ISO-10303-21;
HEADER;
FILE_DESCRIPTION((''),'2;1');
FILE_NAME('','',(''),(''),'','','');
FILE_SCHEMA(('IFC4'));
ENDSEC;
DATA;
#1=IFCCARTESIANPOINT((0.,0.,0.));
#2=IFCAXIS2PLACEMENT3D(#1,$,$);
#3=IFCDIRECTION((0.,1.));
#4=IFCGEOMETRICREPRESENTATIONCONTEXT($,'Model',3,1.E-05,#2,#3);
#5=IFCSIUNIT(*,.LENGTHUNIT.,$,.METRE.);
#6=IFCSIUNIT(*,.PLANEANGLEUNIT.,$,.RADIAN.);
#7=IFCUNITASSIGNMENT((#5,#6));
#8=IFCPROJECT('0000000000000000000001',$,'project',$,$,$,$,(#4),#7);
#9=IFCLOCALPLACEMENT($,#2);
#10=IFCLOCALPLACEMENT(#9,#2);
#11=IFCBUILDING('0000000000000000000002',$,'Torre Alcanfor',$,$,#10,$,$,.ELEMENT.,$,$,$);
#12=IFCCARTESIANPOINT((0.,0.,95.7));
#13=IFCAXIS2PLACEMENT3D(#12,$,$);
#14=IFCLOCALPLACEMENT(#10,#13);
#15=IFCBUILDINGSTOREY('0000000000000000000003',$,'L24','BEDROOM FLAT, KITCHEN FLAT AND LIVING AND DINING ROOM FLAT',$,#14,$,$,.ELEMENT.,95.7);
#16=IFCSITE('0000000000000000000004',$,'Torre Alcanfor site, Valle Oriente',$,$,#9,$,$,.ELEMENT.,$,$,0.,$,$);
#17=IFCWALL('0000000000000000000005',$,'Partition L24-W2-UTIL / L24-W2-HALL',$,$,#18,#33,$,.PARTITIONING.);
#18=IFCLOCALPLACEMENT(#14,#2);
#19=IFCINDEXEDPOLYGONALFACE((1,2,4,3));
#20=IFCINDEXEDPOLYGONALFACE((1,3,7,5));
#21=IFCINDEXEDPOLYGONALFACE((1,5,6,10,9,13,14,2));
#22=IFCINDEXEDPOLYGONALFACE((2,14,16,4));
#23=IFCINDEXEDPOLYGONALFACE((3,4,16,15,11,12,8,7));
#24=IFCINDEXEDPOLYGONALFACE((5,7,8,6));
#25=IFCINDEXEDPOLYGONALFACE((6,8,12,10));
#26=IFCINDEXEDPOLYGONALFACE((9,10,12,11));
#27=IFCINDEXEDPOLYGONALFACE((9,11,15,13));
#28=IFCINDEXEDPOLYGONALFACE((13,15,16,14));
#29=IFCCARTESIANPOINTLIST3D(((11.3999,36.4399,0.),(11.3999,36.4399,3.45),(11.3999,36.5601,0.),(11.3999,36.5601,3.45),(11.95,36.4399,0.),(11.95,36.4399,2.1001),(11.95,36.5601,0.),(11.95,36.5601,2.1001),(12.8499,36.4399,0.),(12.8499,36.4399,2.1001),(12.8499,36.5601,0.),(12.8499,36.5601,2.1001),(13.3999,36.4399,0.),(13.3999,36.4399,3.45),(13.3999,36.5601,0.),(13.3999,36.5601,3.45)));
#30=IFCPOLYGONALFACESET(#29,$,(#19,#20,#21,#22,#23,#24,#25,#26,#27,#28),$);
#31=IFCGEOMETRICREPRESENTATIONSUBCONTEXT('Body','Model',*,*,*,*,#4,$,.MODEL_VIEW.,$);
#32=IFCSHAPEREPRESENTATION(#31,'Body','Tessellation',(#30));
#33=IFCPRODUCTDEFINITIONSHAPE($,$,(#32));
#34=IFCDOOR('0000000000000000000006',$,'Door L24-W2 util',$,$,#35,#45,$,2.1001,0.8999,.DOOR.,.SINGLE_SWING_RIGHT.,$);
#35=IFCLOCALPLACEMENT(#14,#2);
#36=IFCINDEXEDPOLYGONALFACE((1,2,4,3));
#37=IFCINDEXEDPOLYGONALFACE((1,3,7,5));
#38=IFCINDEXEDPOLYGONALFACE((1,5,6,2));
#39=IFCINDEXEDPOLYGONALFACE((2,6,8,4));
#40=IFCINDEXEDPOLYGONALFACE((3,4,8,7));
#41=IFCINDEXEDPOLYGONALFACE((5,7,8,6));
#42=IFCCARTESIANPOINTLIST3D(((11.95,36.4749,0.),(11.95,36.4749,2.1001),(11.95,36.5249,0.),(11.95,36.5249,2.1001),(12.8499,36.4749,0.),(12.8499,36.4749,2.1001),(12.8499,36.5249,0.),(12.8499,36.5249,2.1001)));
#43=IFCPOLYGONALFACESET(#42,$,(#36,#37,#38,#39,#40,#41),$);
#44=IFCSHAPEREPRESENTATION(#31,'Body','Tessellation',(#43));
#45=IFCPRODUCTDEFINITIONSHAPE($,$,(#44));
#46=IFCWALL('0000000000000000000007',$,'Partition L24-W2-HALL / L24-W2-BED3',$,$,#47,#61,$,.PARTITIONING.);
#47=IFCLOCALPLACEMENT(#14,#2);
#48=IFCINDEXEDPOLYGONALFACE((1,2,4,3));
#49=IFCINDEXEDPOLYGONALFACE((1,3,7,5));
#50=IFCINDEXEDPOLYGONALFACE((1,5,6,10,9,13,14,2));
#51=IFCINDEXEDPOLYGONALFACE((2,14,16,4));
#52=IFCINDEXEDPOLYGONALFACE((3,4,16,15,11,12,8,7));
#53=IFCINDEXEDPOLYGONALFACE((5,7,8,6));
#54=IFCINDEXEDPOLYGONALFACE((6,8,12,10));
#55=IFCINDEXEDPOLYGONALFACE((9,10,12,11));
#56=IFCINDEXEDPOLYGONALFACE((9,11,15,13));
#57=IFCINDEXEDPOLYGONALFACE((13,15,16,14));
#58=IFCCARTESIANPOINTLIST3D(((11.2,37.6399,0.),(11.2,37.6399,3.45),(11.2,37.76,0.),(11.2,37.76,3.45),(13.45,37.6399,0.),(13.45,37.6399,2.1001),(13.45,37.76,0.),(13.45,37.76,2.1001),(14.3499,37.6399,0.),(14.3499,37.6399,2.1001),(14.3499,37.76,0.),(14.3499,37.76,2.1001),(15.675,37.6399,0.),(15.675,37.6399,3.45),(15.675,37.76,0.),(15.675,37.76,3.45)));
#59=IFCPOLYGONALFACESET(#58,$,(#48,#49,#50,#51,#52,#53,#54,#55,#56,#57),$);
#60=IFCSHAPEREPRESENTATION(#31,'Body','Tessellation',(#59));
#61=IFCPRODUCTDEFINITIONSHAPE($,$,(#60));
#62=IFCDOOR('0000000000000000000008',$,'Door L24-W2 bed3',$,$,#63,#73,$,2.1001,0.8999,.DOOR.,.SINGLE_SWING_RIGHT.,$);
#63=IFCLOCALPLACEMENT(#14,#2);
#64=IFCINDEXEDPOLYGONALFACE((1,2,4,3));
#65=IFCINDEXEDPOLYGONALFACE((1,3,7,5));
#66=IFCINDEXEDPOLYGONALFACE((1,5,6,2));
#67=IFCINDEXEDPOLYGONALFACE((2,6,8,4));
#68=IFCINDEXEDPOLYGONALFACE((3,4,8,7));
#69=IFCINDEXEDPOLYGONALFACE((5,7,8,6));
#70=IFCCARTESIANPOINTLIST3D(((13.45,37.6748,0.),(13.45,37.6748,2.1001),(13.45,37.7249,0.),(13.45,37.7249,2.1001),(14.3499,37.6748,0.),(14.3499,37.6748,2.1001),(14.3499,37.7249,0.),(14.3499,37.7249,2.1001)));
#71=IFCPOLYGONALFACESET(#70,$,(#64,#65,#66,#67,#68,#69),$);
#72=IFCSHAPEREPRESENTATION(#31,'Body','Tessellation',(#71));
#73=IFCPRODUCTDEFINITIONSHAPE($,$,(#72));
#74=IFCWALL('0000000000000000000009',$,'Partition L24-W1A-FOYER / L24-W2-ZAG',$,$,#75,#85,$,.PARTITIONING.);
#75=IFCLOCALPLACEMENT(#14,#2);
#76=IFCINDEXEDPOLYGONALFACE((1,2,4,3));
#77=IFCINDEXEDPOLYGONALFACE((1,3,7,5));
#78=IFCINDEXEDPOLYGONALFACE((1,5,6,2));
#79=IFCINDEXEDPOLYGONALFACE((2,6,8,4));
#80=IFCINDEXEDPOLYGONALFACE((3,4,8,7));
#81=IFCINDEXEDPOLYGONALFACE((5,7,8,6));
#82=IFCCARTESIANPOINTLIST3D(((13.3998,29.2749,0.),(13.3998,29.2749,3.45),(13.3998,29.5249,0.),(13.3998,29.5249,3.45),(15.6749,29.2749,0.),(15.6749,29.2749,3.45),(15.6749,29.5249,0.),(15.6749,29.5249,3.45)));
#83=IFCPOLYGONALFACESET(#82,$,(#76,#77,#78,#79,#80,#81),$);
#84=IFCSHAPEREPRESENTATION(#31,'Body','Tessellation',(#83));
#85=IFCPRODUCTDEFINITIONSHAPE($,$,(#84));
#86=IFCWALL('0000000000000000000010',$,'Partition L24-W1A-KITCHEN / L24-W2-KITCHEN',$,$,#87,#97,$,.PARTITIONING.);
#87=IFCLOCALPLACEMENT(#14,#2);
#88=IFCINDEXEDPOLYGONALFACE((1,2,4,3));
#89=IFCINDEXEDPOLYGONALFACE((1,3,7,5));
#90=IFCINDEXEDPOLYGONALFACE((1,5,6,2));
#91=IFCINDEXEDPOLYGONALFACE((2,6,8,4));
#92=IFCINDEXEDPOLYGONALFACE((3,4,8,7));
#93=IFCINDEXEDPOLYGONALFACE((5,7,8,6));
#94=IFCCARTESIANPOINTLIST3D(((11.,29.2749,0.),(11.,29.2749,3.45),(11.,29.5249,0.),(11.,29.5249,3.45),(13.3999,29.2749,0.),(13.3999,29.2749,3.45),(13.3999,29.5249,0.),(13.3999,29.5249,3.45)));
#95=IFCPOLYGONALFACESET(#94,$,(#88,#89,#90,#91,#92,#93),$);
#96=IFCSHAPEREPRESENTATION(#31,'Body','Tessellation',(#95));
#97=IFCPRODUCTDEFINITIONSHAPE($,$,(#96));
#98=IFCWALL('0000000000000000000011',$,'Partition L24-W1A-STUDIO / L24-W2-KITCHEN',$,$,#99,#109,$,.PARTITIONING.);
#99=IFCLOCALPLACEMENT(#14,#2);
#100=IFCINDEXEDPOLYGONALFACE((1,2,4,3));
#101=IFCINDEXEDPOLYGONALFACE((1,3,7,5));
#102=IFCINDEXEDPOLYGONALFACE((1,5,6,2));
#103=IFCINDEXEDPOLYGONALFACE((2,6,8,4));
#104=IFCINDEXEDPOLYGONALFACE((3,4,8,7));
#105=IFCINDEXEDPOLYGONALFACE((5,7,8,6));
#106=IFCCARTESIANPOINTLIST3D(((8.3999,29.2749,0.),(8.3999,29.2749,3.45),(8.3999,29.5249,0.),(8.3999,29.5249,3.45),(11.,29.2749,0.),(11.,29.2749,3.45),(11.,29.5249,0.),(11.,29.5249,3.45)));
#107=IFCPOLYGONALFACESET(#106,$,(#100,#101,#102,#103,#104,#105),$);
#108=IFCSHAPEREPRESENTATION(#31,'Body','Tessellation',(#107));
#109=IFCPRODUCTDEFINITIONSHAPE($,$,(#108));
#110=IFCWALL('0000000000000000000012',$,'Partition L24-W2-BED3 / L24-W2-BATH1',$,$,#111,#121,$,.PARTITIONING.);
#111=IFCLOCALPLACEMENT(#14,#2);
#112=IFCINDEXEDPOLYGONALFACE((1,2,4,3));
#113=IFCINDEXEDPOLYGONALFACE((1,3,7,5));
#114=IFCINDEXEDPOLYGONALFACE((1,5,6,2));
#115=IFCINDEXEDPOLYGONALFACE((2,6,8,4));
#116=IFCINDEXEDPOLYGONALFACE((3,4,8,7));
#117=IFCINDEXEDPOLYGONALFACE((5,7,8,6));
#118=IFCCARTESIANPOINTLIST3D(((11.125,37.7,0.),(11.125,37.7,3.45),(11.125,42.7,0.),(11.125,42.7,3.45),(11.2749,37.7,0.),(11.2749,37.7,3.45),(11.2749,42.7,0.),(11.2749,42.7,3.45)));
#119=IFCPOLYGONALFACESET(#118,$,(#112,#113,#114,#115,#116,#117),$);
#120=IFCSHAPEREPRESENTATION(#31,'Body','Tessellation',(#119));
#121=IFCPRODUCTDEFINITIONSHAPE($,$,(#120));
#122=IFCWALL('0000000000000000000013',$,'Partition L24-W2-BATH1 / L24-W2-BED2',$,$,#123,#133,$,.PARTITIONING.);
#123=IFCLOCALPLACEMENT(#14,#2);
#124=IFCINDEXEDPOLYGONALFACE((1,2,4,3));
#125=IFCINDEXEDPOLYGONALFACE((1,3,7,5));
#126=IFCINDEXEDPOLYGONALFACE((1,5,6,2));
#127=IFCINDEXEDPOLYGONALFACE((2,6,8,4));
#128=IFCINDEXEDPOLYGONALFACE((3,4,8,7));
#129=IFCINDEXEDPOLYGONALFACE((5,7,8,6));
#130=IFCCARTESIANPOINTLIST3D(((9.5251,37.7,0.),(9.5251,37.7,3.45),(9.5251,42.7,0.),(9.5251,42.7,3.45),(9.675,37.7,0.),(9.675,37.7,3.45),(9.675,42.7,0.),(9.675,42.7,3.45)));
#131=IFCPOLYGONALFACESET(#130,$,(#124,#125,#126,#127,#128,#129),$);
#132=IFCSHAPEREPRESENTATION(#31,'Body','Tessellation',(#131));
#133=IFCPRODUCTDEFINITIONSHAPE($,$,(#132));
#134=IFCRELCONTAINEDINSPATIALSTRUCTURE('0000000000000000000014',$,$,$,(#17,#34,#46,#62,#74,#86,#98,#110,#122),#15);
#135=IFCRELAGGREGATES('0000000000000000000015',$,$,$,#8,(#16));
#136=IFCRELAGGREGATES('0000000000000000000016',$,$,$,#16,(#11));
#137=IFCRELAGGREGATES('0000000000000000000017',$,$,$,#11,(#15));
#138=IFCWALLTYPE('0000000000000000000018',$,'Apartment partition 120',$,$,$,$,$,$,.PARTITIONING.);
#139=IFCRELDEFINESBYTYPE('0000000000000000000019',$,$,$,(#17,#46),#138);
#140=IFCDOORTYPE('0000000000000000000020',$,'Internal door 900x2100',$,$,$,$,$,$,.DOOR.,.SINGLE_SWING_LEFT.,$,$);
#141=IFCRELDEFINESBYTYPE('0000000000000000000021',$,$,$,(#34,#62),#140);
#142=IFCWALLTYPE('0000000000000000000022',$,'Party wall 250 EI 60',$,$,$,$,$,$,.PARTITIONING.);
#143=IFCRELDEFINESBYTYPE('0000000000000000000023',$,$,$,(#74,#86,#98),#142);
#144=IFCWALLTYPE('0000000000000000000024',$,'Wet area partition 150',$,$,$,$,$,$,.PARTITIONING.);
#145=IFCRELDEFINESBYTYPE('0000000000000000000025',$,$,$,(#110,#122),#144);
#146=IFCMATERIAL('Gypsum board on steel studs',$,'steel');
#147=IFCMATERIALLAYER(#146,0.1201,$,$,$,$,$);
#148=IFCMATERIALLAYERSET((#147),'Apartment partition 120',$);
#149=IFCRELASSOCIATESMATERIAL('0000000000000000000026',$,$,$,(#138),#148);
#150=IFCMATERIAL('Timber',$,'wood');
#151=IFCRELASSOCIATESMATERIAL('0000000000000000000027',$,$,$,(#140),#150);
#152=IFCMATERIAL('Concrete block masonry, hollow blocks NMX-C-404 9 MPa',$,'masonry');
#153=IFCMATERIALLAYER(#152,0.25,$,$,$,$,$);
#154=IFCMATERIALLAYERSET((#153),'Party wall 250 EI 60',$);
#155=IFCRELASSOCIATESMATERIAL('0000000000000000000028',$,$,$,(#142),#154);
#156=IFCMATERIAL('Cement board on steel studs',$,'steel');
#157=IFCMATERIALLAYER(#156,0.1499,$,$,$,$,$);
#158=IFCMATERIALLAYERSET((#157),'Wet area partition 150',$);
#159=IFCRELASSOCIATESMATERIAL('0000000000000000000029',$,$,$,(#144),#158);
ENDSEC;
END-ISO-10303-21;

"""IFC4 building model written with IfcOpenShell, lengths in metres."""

from ifc_helpers import new_model, si_unit, direction, frame, frame_2d, origin, place, context, subcontext, project, spatial, rectangle, extrude, material, layer, layer_set, type_object, element, fill, save


model = new_model("IFC4")

# Units and contexts
model_context = context("Model", 3, precision=1e-05, world=origin(), true_north=direction((0.0, 1.0)))
body_context = subcontext(model_context, "Body", "Model", "MODEL_VIEW")
ifc_project = project(units=[si_unit("LENGTHUNIT", "METRE"), si_unit("PLANEANGLEUNIT", "RADIAN")], contexts=[model_context])

# Site, building, storey
site_placement = place(None, origin())
site = spatial("IfcSite", under=ifc_project, at=site_placement, Name="Torre Alcanfor site, Valle Oriente", CompositionType="ELEMENT", RefElevation=0.0)
building_placement = place(site_placement, origin())
building = spatial("IfcBuilding", under=site, at=building_placement, Name="Torre Alcanfor", CompositionType="ELEMENT")
storey_placement = place(building_placement, frame((0.0, 0.0, 95.7)))
storey = spatial("IfcBuildingStorey", under=building, at=storey_placement, Name="L24", Description="BEDROOM FLAT, KITCHEN FLAT AND LIVING AND DINING ROOM FLAT", CompositionType="ELEMENT", Elevation=95.7)

# Shared definitions
ifc_material_1 = material(Name="Gypsum board on steel studs", Category="steel")
ifc_layer_1 = layer(ifc_material_1, 0.1201)
ifc_layer_set_1 = layer_set([ifc_layer_1], Name="Apartment partition 120")
wall_type_1 = type_object("IfcWallType", Name="Apartment partition 120", PredefinedType="PARTITIONING", material=ifc_layer_set_1)
ifc_material_2 = material(Name="Timber", Category="wood")
door_type_1 = type_object("IfcDoorType", Name="Internal door 900x2100", OperationType="SINGLE_SWING_LEFT", PredefinedType="DOOR", material=ifc_material_2)

# Walls, openings, doors
wall_1_placement = place(storey_placement, frame((11.3999, 36.5, 0.0), z_axis=(0.0, 0.0, 1.0), x_axis=(1.0, 0.0, 0.0)))
wall_1 = element("IfcWall", 1, at=wall_1_placement, inside=storey, type_object=wall_type_1, Name="Partition L24-W2-UTIL / L24-W2-HALL", PredefinedType="PARTITIONING", context=body_context, shape_type="SweptSolid", body=[
    extrude(rectangle(XDim=2.0, YDim=0.1201, at=frame_2d((1.0, 0.0))), origin(), (0.0, 0.0, 1.0), 3.45),
])
opening_1_placement = place(wall_1_placement, frame((0.55, 0.0, 0.0)))
opening_1 = element("IfcOpeningElement", 2, at=opening_1_placement, cuts=wall_1, PredefinedType="OPENING", context=body_context, shape_type="SweptSolid", body=[
    extrude(rectangle(XDim=0.8999, YDim=2.1001, at=frame_2d((0.45, 1.05))), frame((0.0, 0.0701, 0.0), z_axis=(0.0, -1.0, 0.0), x_axis=(1.0, 0.0, 0.0)), (0.0, 0.0, 1.0), 0.1401),
])
door_1_placement = place(opening_1_placement, frame((0.8999, 0.0, 0.0), z_axis=(0.0, 0.0, 1.0), x_axis=(-1.0, 0.0, 0.0)))
door_1 = element("IfcDoor", 3, at=door_1_placement, inside=storey, type_object=door_type_1, Name="Door L24-W2 util", OperationType="SINGLE_SWING_RIGHT", OverallHeight=2.1001, OverallWidth=0.8999, PredefinedType="DOOR", context=body_context, shape_type="SweptSolid", body=[
    extrude(rectangle(XDim=0.8999, YDim=2.1001, at=frame_2d((0.45, 1.05))), frame((0.0, 0.0251, 0.0), z_axis=(0.0, -1.0, 0.0), x_axis=(1.0, 0.0, 0.0)), (0.0, 0.0, 1.0), 0.05),
])
fill(opening_1, door_1)
wall_2_placement = place(storey_placement, frame((11.2, 37.7, 0.0), z_axis=(0.0, 0.0, 1.0), x_axis=(1.0, 0.0, 0.0)))
wall_2 = element("IfcWall", 4, at=wall_2_placement, inside=storey, type_object=wall_type_1, Name="Partition L24-W2-HALL / L24-W2-BED3", PredefinedType="PARTITIONING", context=body_context, shape_type="SweptSolid", body=[
    extrude(rectangle(XDim=4.4751, YDim=0.1201, at=frame_2d((2.2375, 0.0))), origin(), (0.0, 0.0, 1.0), 3.45),
])
opening_2_placement = place(wall_2_placement, frame((2.25, 0.0, 0.0)))
opening_2 = element("IfcOpeningElement", 5, at=opening_2_placement, cuts=wall_2, PredefinedType="OPENING", context=body_context, shape_type="SweptSolid", body=[
    extrude(rectangle(XDim=0.8999, YDim=2.1001, at=frame_2d((0.45, 1.05))), frame((0.0, 0.0701, 0.0), z_axis=(0.0, -1.0, 0.0), x_axis=(1.0, 0.0, 0.0)), (0.0, 0.0, 1.0), 0.1401),
])
door_2_placement = place(opening_2_placement, origin())
door_2 = element("IfcDoor", 6, at=door_2_placement, inside=storey, type_object=door_type_1, Name="Door L24-W2 bed3", OperationType="SINGLE_SWING_RIGHT", OverallHeight=2.1001, OverallWidth=0.8999, PredefinedType="DOOR", context=body_context, shape_type="SweptSolid", body=[
    extrude(rectangle(XDim=0.8999, YDim=2.1001, at=frame_2d((0.45, 1.05))), frame((0.0, 0.0249, 0.0), z_axis=(0.0, -1.0, 0.0), x_axis=(1.0, 0.0, 0.0)), (0.0, 0.0, 1.0), 0.05),
])
fill(opening_2, door_2)

# Walls
ifc_material_3 = material(Name="Concrete block masonry, hollow blocks NMX-C-404 9 MPa", Category="masonry")
ifc_layer_2 = layer(ifc_material_3, 0.25)
ifc_layer_set_2 = layer_set([ifc_layer_2], Name="Party wall 250 EI 60")
wall_type_2 = type_object("IfcWallType", Name="Party wall 250 EI 60", PredefinedType="PARTITIONING", material=ifc_layer_set_2)
wall_3_placement = place(storey_placement, frame((15.675, 29.3999, 0.0), z_axis=(0.0, 0.0, 1.0), x_axis=(-1.0, 0.0, 0.0)))
element("IfcWall", 7, at=wall_3_placement, inside=storey, type_object=wall_type_2, Name="Partition L24-W1A-FOYER / L24-W2-ZAG", PredefinedType="PARTITIONING", context=body_context, shape_type="SweptSolid", body=[
    extrude(rectangle(XDim=2.2751, YDim=0.25, at=frame_2d((1.1377, 0.0))), origin(), (0.0, 0.0, 1.0), 3.45),
])
wall_4_placement = place(storey_placement, frame((13.3999, 29.3999, 0.0), z_axis=(0.0, 0.0, 1.0), x_axis=(-1.0, 0.0, 0.0)))
element("IfcWall", 8, at=wall_4_placement, inside=storey, type_object=wall_type_2, Name="Partition L24-W1A-KITCHEN / L24-W2-KITCHEN", PredefinedType="PARTITIONING", context=body_context, shape_type="SweptSolid", body=[
    extrude(rectangle(XDim=2.3999, YDim=0.25, at=frame_2d((1.2, 0.0))), origin(), (0.0, 0.0, 1.0), 3.45),
])
wall_5_placement = place(storey_placement, frame((11.0, 29.3999, 0.0), z_axis=(0.0, 0.0, 1.0), x_axis=(-1.0, 0.0, 0.0)))
element("IfcWall", 9, at=wall_5_placement, inside=storey, type_object=wall_type_2, Name="Partition L24-W1A-STUDIO / L24-W2-KITCHEN", PredefinedType="PARTITIONING", context=body_context, shape_type="SweptSolid", body=[
    extrude(rectangle(XDim=2.6001, YDim=0.25, at=frame_2d((1.3, 0.0))), origin(), (0.0, 0.0, 1.0), 3.45),
])
ifc_material_4 = material(Name="Cement board on steel studs", Category="steel")
ifc_layer_3 = layer(ifc_material_4, 0.1499)
ifc_layer_set_3 = layer_set([ifc_layer_3], Name="Wet area partition 150")
wall_type_3 = type_object("IfcWallType", Name="Wet area partition 150", PredefinedType="PARTITIONING", material=ifc_layer_set_3)
for number, where, z_axis, x_axis, name in (
    (10, (11.2, 37.7, 0.0), (0.0, 0.0, 1.0), (0.0, 1.0, 0.0), "Partition L24-W2-BED3 / L24-W2-BATH1"),
    (11, (9.6001, 37.7, 0.0), (0.0, 0.0, 1.0), (0.0, 1.0, 0.0), "Partition L24-W2-BATH1 / L24-W2-BED2"),
):
    element("IfcWall", number, at=place(storey_placement, frame(where, z_axis=z_axis, x_axis=x_axis)), inside=storey, type_object=wall_type_3, Name=name, PredefinedType="PARTITIONING", context=body_context, shape_type="SweptSolid", body=[
        extrude(rectangle(XDim=5.0, YDim=0.1499, at=frame_2d((2.5, 0.0))), origin(), (0.0, 0.0, 1.0), 3.45),
    ])

save(model, "model.ifc")
